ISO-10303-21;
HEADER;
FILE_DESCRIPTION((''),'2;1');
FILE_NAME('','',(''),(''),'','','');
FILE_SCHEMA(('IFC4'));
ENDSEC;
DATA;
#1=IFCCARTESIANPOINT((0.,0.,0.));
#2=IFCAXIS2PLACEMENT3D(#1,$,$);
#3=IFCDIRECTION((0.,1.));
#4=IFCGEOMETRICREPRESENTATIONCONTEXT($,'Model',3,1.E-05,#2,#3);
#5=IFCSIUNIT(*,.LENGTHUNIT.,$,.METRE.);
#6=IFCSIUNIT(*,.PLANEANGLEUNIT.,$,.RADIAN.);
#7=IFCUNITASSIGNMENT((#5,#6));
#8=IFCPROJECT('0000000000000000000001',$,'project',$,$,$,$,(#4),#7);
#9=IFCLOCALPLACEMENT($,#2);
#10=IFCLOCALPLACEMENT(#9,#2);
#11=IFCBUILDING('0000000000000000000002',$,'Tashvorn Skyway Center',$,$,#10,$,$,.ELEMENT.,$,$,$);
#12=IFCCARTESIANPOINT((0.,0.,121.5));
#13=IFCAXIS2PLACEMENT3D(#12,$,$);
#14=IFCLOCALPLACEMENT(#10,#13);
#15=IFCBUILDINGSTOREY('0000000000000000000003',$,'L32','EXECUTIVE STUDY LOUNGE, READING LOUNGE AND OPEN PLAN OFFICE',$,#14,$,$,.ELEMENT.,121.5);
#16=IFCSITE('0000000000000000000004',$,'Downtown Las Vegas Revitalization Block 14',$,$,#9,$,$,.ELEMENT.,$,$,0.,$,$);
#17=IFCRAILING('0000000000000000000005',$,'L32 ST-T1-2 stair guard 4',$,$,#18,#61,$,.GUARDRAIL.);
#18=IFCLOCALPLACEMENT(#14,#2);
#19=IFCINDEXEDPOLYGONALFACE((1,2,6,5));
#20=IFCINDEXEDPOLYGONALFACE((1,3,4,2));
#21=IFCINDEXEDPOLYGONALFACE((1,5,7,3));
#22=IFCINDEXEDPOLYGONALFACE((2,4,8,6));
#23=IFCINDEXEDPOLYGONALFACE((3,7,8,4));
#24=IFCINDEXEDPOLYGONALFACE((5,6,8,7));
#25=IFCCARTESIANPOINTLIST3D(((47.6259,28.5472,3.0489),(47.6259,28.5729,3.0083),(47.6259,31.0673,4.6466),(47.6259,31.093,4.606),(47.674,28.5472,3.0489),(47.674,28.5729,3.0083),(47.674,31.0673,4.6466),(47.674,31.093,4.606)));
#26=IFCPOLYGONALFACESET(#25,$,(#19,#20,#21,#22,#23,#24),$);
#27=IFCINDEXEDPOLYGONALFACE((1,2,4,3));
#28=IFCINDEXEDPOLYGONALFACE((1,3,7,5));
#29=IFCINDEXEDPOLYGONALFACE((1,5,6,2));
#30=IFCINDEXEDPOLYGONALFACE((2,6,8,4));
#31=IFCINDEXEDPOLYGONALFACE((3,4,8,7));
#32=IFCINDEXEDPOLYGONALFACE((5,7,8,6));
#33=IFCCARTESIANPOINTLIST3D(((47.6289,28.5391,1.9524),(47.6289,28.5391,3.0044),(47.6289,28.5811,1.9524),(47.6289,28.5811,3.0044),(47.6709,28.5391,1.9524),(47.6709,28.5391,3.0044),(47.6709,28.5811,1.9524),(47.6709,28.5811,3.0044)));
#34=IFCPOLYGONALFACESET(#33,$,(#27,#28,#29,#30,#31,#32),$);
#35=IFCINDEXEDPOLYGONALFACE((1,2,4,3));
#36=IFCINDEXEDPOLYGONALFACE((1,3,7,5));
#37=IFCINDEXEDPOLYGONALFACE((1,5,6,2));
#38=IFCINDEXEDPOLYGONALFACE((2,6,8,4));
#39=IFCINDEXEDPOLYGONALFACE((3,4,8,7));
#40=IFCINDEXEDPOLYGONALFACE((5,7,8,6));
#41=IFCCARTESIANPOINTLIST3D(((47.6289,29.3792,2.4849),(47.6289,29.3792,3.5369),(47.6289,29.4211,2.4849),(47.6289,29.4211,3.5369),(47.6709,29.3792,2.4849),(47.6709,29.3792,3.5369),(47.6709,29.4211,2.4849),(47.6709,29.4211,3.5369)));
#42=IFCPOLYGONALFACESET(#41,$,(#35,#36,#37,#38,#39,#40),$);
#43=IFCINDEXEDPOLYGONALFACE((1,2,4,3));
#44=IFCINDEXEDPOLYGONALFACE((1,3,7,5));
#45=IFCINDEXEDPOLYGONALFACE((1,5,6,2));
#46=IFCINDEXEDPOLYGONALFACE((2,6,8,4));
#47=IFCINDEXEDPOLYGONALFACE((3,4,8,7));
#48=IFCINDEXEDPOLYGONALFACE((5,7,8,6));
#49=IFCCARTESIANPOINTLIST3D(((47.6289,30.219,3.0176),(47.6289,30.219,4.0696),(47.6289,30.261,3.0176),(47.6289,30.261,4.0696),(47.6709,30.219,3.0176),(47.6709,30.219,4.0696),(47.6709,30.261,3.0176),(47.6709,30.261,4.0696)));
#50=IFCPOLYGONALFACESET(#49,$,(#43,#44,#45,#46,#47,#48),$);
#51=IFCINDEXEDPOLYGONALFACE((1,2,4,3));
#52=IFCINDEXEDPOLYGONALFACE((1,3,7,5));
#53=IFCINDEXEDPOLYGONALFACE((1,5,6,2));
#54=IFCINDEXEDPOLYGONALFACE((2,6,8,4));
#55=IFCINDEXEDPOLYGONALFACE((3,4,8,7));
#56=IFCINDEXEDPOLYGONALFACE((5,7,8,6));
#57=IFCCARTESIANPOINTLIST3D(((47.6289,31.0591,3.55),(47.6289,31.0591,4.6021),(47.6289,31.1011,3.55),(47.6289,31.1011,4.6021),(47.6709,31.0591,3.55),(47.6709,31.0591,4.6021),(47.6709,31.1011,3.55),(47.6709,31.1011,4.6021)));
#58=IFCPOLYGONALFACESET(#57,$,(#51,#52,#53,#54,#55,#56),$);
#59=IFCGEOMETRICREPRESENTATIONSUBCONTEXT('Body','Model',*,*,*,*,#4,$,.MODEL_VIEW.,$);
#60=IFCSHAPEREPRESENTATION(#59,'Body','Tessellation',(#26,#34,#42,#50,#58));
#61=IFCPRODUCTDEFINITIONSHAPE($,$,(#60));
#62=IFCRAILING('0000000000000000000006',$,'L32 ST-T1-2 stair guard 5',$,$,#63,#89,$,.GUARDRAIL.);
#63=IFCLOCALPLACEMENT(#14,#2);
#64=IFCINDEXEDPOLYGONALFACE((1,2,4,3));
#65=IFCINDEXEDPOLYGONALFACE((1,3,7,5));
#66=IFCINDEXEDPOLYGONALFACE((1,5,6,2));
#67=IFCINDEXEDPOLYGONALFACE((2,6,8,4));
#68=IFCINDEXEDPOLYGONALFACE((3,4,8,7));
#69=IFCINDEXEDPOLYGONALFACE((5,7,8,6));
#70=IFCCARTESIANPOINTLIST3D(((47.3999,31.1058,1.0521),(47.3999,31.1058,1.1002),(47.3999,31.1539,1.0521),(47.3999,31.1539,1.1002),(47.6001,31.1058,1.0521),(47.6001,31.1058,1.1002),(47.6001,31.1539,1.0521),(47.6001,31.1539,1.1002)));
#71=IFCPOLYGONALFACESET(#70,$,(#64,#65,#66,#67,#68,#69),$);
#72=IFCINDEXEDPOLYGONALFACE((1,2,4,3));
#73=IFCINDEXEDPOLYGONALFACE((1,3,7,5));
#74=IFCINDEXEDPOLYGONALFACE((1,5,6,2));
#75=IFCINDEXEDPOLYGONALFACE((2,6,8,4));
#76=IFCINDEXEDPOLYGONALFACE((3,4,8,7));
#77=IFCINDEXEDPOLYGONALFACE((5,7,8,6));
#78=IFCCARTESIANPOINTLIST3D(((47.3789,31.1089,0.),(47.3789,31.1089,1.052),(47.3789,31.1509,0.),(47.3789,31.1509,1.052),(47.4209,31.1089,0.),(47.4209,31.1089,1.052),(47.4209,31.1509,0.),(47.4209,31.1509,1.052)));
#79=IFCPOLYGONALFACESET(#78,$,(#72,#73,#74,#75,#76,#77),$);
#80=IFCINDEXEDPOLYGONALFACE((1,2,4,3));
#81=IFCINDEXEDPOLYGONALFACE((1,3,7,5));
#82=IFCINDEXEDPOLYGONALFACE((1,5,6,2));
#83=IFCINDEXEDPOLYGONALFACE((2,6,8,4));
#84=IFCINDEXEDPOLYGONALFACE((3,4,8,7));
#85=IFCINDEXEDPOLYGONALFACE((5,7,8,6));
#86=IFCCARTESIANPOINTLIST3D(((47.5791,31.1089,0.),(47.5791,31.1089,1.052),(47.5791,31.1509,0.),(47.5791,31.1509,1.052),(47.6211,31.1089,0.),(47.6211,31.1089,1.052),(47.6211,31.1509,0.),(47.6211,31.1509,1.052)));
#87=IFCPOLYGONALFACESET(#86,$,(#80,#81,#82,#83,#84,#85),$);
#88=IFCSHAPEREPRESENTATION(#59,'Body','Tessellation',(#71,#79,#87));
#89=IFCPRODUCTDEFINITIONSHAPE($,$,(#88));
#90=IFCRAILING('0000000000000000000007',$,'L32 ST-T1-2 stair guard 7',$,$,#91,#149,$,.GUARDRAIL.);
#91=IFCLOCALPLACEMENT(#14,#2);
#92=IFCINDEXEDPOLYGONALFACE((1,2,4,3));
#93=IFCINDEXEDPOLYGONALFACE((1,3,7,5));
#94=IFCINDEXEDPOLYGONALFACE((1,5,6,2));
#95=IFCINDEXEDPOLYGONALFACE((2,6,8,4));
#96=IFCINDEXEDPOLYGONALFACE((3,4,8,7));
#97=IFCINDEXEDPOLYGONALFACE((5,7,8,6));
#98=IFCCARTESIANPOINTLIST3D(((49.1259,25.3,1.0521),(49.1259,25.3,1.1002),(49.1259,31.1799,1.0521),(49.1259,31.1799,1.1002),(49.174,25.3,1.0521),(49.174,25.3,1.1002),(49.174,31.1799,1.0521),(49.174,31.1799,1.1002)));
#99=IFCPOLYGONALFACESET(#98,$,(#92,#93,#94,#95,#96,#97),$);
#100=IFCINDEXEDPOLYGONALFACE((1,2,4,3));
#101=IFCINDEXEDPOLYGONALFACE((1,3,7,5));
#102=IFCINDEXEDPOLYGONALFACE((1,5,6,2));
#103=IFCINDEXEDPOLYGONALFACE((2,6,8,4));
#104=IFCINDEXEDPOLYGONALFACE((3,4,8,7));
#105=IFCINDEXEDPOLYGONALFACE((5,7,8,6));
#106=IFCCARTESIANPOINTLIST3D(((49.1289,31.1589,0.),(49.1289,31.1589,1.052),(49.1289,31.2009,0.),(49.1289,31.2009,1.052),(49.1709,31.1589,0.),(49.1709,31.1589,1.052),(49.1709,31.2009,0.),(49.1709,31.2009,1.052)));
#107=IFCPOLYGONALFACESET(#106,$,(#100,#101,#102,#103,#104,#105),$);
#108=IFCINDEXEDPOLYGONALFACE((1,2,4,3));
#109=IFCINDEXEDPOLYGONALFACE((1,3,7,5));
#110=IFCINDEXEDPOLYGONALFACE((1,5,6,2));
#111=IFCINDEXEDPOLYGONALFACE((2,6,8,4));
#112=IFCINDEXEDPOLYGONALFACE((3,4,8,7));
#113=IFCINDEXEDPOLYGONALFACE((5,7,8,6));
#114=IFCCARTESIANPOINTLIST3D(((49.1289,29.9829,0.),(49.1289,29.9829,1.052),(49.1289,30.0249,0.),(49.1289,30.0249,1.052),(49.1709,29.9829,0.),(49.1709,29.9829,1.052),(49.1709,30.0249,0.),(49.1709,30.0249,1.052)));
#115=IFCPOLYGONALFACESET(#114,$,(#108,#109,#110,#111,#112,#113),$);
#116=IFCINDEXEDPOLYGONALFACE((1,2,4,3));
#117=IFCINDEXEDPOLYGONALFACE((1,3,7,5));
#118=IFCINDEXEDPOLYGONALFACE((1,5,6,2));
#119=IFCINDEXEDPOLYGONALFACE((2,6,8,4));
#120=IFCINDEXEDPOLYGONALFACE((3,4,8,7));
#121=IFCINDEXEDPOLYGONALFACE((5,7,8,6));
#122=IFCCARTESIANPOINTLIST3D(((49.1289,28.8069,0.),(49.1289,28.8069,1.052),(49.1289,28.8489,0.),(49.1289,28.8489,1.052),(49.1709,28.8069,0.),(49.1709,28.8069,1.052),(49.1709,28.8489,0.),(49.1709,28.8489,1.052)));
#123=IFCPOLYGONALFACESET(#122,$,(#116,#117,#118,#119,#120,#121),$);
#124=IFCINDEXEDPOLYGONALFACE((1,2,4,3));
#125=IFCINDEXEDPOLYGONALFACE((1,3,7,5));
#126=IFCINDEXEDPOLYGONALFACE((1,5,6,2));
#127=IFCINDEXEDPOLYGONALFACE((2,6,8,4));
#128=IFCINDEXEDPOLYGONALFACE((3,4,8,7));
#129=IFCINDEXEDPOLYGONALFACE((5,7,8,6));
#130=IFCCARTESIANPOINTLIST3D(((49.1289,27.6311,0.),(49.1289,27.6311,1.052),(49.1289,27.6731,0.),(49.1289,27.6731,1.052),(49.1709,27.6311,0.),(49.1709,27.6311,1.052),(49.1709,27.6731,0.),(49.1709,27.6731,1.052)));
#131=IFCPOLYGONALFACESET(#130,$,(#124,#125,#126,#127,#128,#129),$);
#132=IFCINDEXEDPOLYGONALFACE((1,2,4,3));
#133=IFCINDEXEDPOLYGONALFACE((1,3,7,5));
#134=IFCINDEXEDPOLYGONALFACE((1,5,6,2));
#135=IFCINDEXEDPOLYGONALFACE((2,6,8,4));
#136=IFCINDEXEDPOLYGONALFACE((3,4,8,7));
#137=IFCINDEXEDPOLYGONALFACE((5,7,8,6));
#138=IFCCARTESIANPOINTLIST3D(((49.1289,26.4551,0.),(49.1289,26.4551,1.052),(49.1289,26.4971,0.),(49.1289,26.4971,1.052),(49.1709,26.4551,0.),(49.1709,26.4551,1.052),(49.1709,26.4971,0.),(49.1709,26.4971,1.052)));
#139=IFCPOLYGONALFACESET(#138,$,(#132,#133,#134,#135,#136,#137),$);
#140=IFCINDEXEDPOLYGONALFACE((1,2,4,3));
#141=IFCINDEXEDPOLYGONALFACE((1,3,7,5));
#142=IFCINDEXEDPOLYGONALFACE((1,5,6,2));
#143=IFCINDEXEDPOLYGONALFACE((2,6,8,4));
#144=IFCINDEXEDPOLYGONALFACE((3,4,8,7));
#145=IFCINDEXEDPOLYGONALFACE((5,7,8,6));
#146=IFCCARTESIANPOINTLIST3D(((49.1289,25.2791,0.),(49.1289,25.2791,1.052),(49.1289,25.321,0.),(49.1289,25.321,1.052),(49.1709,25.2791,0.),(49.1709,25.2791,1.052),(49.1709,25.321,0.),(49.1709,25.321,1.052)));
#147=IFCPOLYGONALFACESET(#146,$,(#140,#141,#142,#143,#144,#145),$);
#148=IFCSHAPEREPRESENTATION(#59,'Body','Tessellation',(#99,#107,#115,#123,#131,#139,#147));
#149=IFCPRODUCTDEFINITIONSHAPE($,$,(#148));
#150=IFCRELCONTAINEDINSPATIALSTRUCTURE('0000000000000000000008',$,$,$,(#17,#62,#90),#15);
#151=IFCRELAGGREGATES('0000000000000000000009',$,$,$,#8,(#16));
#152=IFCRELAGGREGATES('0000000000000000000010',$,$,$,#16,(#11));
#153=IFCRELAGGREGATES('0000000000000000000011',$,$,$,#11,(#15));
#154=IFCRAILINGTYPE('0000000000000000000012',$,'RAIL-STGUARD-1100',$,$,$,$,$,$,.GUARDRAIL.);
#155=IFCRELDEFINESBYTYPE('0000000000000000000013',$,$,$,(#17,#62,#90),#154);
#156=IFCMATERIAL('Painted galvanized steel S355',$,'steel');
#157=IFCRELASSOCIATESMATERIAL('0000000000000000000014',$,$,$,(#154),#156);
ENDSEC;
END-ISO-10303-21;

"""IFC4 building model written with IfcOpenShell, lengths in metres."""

from ifc_helpers import new_model, si_unit, direction, frame, origin, origin_2d, place, context, subcontext, project, spatial, rectangle, extrude, material, type_object, element, save


model = new_model("IFC4")

# Units and contexts
model_context = context("Model", 3, precision=1e-05, world=origin(), true_north=direction((0.0, 1.0)))
body_context = subcontext(model_context, "Body", "Model", "MODEL_VIEW")
ifc_project = project(units=[si_unit("LENGTHUNIT", "METRE"), si_unit("PLANEANGLEUNIT", "RADIAN")], contexts=[model_context])

# Site, building, storey
site_placement = place(None, origin())
site = spatial("IfcSite", under=ifc_project, at=site_placement, Name="Downtown Las Vegas Revitalization Block 14", CompositionType="ELEMENT", RefElevation=0.0)
building_placement = place(site_placement, origin())
building = spatial("IfcBuilding", under=site, at=building_placement, Name="Tashvorn Skyway Center", CompositionType="ELEMENT")
storey_placement = place(building_placement, frame((0.0, 0.0, 121.5)))
storey = spatial("IfcBuildingStorey", under=building, at=storey_placement, Name="L32", Description="EXECUTIVE STUDY LOUNGE, READING LOUNGE AND OPEN PLAN OFFICE", CompositionType="ELEMENT", Elevation=121.5)

# Railings
ifc_material_1 = material(Name="Painted galvanized steel S355", Category="steel")
railing_type_1 = type_object("IfcRailingType", Name="RAIL-STGUARD-1100", PredefinedType="GUARDRAIL", material=ifc_material_1)
railing_1_placement = place(storey_placement, frame((47.6499, 28.5601, 1.9524)))
element("IfcRailing", 1, at=railing_1_placement, inside=storey, type_object=railing_type_1, Name="L32 ST-T1-2 stair guard 4", PredefinedType="GUARDRAIL", context=body_context, shape_type="SweptSolid", body=[
    extrude(rectangle(XDim=0.0481, YDim=0.0481, at=origin_2d()), frame((0.0, 0.0, 1.0762), z_axis=(0.0, 0.84457, 0.535445), x_axis=(-1.0, 0.0, 0.0)), (0.0, 0.0, 1.0), 2.9839),
    extrude(rectangle(XDim=0.042, YDim=0.042, at=origin_2d()), origin(), (0.0, 0.0, 1.0), 1.052),
    extrude(rectangle(XDim=0.042, YDim=0.042, at=origin_2d()), frame((0.0, 0.8401, 0.5325)), (0.0, 0.0, 1.0), 1.052),
    extrude(rectangle(XDim=0.042, YDim=0.042, at=origin_2d()), frame((0.0, 1.6799, 1.0652)), (0.0, 0.0, 1.0), 1.052),
    extrude(rectangle(XDim=0.042, YDim=0.042, at=origin_2d()), frame((0.0, 2.52, 1.5977)), (0.0, 0.0, 1.0), 1.052),
])
railing_2_placement = place(storey_placement, frame((47.3999, 31.1299, 0.0)))
element("IfcRailing", 2, at=railing_2_placement, inside=storey, type_object=railing_type_1, Name="L32 ST-T1-2 stair guard 5", PredefinedType="GUARDRAIL", context=body_context, shape_type="SweptSolid", body=[
    extrude(rectangle(XDim=0.0481, YDim=0.0481, at=origin_2d()), frame((0.0, 0.0, 1.0762), z_axis=(1.0, 0.0, 0.0), x_axis=(0.0, 1.0, 0.0)), (0.0, 0.0, 1.0), 0.2002),
    extrude(rectangle(XDim=0.042, YDim=0.042, at=origin_2d()), origin(), (0.0, 0.0, 1.0), 1.052),
    extrude(rectangle(XDim=0.042, YDim=0.042, at=origin_2d()), frame((0.2002, 0.0, 0.0)), (0.0, 0.0, 1.0), 1.052),
])
railing_3_placement = place(storey_placement, frame((49.1499, 31.1799, 0.0)))
element("IfcRailing", 3, at=railing_3_placement, inside=storey, type_object=railing_type_1, Name="L32 ST-T1-2 stair guard 7", PredefinedType="GUARDRAIL", context=body_context, shape_type="SweptSolid", body=[
    extrude(rectangle(XDim=0.0481, YDim=0.0481, at=origin_2d()), frame((0.0, 0.0, 1.0762), z_axis=(0.0, -1.0, 0.0), x_axis=(1.0, 0.0, 0.0)), (0.0, 0.0, 1.0), 5.8799),
    extrude(rectangle(XDim=0.042, YDim=0.042, at=origin_2d()), origin(), (0.0, 0.0, 1.0), 1.052),
    extrude(rectangle(XDim=0.042, YDim=0.042, at=origin_2d()), frame((0.0, -1.176, 0.0)), (0.0, 0.0, 1.0), 1.052),
    extrude(rectangle(XDim=0.042, YDim=0.042, at=origin_2d()), frame((0.0, -2.3521, 0.0)), (0.0, 0.0, 1.0), 1.052),
    extrude(rectangle(XDim=0.042, YDim=0.042, at=origin_2d()), frame((0.0, -3.5278, 0.0)), (0.0, 0.0, 1.0), 1.052),
    extrude(rectangle(XDim=0.042, YDim=0.042, at=origin_2d()), frame((0.0, -4.7039, 0.0)), (0.0, 0.0, 1.0), 1.052),
    extrude(rectangle(XDim=0.042, YDim=0.042, at=origin_2d()), frame((0.0, -5.8799, 0.0)), (0.0, 0.0, 1.0), 1.052),
])

save(model, "model.ifc")
